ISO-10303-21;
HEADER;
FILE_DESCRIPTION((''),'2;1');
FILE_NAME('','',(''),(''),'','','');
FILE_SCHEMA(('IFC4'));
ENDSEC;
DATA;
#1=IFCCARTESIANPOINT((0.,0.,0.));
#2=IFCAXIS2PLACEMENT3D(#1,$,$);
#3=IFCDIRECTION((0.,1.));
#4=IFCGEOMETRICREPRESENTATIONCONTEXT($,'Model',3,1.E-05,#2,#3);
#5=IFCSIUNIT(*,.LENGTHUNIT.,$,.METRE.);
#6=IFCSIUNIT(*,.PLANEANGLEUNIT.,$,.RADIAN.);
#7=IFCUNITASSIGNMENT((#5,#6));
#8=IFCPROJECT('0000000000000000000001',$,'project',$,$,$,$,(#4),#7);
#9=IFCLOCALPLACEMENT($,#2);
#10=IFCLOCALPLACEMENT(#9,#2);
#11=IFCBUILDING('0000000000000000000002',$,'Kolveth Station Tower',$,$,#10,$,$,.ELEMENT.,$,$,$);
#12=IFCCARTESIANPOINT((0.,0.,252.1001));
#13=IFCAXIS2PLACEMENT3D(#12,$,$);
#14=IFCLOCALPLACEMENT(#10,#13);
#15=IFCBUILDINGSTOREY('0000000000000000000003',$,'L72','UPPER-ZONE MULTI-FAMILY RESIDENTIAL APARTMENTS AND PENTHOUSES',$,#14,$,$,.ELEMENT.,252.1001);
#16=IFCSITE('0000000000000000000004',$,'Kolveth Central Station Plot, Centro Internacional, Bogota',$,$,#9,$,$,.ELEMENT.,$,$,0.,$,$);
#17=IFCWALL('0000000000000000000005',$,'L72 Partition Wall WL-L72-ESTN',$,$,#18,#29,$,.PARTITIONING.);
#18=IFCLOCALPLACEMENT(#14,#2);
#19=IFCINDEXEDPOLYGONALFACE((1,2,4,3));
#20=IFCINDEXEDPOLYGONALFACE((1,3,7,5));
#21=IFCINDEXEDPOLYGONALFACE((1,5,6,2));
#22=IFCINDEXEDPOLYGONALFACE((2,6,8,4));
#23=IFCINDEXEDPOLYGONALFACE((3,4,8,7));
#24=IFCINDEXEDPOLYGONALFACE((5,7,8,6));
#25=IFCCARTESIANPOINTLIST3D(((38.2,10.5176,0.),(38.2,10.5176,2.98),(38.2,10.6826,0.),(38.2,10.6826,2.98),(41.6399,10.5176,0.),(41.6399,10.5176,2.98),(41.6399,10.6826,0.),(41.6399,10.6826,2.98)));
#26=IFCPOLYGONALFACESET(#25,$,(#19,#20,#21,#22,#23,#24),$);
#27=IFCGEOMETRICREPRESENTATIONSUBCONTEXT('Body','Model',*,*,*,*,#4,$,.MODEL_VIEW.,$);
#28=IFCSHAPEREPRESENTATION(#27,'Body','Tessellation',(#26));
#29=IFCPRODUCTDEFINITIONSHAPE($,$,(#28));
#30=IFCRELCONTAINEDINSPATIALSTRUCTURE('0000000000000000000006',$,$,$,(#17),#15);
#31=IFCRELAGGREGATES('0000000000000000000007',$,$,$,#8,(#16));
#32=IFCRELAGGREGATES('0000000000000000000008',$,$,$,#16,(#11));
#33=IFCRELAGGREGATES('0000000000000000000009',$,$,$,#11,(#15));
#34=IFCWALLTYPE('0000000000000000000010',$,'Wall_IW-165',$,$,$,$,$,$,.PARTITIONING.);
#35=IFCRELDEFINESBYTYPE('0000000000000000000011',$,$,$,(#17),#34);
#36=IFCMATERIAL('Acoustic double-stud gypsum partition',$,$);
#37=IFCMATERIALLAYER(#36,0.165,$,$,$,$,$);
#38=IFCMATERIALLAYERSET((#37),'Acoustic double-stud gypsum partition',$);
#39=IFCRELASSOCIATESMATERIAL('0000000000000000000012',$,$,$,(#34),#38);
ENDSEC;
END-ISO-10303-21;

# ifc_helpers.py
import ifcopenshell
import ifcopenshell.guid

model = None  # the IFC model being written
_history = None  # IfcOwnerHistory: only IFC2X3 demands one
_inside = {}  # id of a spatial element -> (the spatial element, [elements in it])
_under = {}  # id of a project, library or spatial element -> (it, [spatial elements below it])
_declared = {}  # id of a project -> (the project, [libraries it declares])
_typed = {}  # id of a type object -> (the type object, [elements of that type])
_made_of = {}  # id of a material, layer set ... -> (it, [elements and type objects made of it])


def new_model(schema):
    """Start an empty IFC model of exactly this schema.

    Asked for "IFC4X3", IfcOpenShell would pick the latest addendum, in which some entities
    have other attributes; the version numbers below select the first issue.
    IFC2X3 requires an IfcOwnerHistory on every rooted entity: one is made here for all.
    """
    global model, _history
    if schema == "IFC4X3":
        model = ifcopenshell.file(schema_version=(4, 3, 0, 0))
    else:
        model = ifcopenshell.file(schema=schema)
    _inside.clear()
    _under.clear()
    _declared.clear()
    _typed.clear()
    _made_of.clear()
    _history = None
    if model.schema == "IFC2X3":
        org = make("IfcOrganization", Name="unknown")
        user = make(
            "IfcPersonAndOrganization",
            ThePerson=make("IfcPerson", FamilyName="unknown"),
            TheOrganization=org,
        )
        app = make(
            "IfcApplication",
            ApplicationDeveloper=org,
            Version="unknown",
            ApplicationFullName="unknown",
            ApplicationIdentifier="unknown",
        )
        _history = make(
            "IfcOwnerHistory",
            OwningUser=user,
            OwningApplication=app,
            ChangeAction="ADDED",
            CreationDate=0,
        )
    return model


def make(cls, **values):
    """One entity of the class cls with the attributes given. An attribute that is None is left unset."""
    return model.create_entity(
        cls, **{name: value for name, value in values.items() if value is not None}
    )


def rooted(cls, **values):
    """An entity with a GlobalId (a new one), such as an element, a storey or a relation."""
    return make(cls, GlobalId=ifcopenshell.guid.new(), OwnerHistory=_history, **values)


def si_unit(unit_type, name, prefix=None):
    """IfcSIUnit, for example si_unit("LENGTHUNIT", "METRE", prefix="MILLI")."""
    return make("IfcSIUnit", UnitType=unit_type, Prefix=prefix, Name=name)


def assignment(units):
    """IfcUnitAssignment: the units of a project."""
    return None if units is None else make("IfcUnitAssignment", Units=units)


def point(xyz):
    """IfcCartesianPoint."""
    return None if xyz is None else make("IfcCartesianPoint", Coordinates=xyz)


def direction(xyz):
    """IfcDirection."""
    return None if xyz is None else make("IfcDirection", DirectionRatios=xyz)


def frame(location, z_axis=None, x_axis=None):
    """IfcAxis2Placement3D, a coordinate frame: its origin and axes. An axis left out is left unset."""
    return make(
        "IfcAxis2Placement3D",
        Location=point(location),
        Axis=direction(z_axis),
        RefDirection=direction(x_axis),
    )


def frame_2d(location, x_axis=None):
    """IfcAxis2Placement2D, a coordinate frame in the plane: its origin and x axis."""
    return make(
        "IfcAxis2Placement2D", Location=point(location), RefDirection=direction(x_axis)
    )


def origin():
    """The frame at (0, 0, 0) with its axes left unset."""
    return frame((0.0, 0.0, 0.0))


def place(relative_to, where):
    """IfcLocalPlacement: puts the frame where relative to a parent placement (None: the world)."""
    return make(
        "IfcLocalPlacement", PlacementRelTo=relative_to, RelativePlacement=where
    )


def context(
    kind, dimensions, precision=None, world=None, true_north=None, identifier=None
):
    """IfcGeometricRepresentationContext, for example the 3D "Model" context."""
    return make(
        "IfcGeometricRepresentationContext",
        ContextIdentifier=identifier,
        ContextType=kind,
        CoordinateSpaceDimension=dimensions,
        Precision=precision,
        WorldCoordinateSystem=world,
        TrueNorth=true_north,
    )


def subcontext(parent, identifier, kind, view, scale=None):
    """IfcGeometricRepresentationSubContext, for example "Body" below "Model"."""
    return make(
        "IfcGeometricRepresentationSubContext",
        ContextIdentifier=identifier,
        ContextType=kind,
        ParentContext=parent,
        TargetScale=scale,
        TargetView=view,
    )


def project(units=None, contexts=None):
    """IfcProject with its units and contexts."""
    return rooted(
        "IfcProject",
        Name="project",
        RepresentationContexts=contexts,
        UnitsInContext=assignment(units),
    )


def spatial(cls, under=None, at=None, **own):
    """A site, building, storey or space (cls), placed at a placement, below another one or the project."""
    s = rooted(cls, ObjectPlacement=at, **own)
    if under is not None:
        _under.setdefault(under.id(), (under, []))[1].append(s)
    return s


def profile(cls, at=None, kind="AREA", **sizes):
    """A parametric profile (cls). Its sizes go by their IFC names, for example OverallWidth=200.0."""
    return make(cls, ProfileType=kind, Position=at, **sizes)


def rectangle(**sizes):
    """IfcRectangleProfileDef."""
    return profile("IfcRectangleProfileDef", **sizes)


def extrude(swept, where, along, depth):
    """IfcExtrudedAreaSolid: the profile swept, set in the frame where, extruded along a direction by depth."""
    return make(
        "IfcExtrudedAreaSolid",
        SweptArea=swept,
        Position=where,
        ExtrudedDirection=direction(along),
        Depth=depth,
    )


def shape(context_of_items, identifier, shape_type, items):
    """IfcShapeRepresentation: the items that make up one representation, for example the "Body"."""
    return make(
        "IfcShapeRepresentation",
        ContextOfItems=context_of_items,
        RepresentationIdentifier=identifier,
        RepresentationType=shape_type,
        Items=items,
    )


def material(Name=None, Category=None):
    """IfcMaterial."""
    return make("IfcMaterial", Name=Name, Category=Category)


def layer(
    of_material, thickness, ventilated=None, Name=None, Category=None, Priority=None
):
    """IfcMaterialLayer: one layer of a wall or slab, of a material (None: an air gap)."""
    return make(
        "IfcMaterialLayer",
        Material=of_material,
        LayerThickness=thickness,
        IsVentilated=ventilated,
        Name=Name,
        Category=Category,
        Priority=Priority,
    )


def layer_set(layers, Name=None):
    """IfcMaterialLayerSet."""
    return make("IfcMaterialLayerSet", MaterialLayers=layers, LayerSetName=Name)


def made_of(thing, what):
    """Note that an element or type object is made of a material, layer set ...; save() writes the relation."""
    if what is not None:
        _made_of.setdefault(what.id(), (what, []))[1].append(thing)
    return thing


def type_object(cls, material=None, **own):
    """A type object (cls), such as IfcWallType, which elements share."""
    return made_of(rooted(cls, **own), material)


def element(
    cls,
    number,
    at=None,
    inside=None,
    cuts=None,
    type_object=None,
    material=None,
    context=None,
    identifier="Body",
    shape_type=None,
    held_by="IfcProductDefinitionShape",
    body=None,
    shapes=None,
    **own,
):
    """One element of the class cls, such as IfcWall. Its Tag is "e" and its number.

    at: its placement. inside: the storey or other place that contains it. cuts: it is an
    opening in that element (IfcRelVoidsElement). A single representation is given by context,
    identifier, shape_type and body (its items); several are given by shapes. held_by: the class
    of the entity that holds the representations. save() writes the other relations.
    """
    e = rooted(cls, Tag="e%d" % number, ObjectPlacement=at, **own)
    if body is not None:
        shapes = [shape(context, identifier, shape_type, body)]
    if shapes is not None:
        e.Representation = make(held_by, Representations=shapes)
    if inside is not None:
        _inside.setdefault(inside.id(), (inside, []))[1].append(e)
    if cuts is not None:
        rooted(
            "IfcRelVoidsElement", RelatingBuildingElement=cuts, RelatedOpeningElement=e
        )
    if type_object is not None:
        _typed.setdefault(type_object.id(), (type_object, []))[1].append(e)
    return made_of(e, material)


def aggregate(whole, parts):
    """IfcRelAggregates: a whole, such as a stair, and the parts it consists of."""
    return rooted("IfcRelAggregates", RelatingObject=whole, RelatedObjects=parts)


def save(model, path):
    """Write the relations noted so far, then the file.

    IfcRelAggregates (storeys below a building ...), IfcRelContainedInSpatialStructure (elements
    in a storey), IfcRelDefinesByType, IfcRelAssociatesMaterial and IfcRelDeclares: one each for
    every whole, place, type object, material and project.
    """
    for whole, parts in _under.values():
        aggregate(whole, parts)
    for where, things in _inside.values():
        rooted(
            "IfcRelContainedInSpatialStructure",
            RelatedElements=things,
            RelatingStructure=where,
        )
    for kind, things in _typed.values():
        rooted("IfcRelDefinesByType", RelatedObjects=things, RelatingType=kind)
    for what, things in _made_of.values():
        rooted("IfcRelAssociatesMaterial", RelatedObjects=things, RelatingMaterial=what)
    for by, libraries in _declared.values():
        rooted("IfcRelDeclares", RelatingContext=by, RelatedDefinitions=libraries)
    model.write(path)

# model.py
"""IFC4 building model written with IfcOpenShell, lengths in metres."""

from ifc_helpers import new_model, si_unit, direction, frame, frame_2d, origin, place, context, subcontext, project, spatial, rectangle, extrude, material, layer, layer_set, type_object, element, save


model = new_model("IFC4")

# Units and contexts
model_context = context("Model", 3, precision=1e-05, world=origin(), true_north=direction((0.0, 1.0)))
body_context = subcontext(model_context, "Body", "Model", "MODEL_VIEW")
ifc_project = project(units=[si_unit("LENGTHUNIT", "METRE"), si_unit("PLANEANGLEUNIT", "RADIAN")], contexts=[model_context])

# Site, building, storey
site_placement = place(None, origin())
site = spatial("IfcSite", under=ifc_project, at=site_placement, Name="Kolveth Central Station Plot, Centro Internacional, Bogota", CompositionType="ELEMENT", RefElevation=0.0)
building_placement = place(site_placement, origin())
building = spatial("IfcBuilding", under=site, at=building_placement, Name="Kolveth Station Tower", CompositionType="ELEMENT")
storey_placement = place(building_placement, frame((0.0, 0.0, 252.1001)))
storey = spatial("IfcBuildingStorey", under=building, at=storey_placement, Name="L72", Description="UPPER-ZONE MULTI-FAMILY RESIDENTIAL APARTMENTS AND PENTHOUSES", CompositionType="ELEMENT", Elevation=252.1001)

# Shared definitions
ifc_material_1 = material(Name="Acoustic double-stud gypsum partition")
ifc_layer_1 = layer(ifc_material_1, 0.165)
ifc_layer_set_1 = layer_set([ifc_layer_1], Name="Acoustic double-stud gypsum partition")
wall_type_1 = type_object("IfcWallType", Name="Wall_IW-165", PredefinedType="PARTITIONING", material=ifc_layer_set_1)

# Wall
wall_1_placement = place(storey_placement, frame((38.2, 10.6001, 0.0), z_axis=(0.0, 0.0, 1.0), x_axis=(1.0, 0.0, 0.0)))
element("IfcWall", 1, at=wall_1_placement, inside=storey, type_object=wall_type_1, Name="L72 Partition Wall WL-L72-ESTN", PredefinedType="PARTITIONING", context=body_context, shape_type="SweptSolid", body=[
    extrude(rectangle(XDim=3.4399, YDim=0.165, at=frame_2d((1.72, 0.0))), origin(), (0.0, 0.0, 1.0), 2.98),
])

save(model, "model.ifc")
